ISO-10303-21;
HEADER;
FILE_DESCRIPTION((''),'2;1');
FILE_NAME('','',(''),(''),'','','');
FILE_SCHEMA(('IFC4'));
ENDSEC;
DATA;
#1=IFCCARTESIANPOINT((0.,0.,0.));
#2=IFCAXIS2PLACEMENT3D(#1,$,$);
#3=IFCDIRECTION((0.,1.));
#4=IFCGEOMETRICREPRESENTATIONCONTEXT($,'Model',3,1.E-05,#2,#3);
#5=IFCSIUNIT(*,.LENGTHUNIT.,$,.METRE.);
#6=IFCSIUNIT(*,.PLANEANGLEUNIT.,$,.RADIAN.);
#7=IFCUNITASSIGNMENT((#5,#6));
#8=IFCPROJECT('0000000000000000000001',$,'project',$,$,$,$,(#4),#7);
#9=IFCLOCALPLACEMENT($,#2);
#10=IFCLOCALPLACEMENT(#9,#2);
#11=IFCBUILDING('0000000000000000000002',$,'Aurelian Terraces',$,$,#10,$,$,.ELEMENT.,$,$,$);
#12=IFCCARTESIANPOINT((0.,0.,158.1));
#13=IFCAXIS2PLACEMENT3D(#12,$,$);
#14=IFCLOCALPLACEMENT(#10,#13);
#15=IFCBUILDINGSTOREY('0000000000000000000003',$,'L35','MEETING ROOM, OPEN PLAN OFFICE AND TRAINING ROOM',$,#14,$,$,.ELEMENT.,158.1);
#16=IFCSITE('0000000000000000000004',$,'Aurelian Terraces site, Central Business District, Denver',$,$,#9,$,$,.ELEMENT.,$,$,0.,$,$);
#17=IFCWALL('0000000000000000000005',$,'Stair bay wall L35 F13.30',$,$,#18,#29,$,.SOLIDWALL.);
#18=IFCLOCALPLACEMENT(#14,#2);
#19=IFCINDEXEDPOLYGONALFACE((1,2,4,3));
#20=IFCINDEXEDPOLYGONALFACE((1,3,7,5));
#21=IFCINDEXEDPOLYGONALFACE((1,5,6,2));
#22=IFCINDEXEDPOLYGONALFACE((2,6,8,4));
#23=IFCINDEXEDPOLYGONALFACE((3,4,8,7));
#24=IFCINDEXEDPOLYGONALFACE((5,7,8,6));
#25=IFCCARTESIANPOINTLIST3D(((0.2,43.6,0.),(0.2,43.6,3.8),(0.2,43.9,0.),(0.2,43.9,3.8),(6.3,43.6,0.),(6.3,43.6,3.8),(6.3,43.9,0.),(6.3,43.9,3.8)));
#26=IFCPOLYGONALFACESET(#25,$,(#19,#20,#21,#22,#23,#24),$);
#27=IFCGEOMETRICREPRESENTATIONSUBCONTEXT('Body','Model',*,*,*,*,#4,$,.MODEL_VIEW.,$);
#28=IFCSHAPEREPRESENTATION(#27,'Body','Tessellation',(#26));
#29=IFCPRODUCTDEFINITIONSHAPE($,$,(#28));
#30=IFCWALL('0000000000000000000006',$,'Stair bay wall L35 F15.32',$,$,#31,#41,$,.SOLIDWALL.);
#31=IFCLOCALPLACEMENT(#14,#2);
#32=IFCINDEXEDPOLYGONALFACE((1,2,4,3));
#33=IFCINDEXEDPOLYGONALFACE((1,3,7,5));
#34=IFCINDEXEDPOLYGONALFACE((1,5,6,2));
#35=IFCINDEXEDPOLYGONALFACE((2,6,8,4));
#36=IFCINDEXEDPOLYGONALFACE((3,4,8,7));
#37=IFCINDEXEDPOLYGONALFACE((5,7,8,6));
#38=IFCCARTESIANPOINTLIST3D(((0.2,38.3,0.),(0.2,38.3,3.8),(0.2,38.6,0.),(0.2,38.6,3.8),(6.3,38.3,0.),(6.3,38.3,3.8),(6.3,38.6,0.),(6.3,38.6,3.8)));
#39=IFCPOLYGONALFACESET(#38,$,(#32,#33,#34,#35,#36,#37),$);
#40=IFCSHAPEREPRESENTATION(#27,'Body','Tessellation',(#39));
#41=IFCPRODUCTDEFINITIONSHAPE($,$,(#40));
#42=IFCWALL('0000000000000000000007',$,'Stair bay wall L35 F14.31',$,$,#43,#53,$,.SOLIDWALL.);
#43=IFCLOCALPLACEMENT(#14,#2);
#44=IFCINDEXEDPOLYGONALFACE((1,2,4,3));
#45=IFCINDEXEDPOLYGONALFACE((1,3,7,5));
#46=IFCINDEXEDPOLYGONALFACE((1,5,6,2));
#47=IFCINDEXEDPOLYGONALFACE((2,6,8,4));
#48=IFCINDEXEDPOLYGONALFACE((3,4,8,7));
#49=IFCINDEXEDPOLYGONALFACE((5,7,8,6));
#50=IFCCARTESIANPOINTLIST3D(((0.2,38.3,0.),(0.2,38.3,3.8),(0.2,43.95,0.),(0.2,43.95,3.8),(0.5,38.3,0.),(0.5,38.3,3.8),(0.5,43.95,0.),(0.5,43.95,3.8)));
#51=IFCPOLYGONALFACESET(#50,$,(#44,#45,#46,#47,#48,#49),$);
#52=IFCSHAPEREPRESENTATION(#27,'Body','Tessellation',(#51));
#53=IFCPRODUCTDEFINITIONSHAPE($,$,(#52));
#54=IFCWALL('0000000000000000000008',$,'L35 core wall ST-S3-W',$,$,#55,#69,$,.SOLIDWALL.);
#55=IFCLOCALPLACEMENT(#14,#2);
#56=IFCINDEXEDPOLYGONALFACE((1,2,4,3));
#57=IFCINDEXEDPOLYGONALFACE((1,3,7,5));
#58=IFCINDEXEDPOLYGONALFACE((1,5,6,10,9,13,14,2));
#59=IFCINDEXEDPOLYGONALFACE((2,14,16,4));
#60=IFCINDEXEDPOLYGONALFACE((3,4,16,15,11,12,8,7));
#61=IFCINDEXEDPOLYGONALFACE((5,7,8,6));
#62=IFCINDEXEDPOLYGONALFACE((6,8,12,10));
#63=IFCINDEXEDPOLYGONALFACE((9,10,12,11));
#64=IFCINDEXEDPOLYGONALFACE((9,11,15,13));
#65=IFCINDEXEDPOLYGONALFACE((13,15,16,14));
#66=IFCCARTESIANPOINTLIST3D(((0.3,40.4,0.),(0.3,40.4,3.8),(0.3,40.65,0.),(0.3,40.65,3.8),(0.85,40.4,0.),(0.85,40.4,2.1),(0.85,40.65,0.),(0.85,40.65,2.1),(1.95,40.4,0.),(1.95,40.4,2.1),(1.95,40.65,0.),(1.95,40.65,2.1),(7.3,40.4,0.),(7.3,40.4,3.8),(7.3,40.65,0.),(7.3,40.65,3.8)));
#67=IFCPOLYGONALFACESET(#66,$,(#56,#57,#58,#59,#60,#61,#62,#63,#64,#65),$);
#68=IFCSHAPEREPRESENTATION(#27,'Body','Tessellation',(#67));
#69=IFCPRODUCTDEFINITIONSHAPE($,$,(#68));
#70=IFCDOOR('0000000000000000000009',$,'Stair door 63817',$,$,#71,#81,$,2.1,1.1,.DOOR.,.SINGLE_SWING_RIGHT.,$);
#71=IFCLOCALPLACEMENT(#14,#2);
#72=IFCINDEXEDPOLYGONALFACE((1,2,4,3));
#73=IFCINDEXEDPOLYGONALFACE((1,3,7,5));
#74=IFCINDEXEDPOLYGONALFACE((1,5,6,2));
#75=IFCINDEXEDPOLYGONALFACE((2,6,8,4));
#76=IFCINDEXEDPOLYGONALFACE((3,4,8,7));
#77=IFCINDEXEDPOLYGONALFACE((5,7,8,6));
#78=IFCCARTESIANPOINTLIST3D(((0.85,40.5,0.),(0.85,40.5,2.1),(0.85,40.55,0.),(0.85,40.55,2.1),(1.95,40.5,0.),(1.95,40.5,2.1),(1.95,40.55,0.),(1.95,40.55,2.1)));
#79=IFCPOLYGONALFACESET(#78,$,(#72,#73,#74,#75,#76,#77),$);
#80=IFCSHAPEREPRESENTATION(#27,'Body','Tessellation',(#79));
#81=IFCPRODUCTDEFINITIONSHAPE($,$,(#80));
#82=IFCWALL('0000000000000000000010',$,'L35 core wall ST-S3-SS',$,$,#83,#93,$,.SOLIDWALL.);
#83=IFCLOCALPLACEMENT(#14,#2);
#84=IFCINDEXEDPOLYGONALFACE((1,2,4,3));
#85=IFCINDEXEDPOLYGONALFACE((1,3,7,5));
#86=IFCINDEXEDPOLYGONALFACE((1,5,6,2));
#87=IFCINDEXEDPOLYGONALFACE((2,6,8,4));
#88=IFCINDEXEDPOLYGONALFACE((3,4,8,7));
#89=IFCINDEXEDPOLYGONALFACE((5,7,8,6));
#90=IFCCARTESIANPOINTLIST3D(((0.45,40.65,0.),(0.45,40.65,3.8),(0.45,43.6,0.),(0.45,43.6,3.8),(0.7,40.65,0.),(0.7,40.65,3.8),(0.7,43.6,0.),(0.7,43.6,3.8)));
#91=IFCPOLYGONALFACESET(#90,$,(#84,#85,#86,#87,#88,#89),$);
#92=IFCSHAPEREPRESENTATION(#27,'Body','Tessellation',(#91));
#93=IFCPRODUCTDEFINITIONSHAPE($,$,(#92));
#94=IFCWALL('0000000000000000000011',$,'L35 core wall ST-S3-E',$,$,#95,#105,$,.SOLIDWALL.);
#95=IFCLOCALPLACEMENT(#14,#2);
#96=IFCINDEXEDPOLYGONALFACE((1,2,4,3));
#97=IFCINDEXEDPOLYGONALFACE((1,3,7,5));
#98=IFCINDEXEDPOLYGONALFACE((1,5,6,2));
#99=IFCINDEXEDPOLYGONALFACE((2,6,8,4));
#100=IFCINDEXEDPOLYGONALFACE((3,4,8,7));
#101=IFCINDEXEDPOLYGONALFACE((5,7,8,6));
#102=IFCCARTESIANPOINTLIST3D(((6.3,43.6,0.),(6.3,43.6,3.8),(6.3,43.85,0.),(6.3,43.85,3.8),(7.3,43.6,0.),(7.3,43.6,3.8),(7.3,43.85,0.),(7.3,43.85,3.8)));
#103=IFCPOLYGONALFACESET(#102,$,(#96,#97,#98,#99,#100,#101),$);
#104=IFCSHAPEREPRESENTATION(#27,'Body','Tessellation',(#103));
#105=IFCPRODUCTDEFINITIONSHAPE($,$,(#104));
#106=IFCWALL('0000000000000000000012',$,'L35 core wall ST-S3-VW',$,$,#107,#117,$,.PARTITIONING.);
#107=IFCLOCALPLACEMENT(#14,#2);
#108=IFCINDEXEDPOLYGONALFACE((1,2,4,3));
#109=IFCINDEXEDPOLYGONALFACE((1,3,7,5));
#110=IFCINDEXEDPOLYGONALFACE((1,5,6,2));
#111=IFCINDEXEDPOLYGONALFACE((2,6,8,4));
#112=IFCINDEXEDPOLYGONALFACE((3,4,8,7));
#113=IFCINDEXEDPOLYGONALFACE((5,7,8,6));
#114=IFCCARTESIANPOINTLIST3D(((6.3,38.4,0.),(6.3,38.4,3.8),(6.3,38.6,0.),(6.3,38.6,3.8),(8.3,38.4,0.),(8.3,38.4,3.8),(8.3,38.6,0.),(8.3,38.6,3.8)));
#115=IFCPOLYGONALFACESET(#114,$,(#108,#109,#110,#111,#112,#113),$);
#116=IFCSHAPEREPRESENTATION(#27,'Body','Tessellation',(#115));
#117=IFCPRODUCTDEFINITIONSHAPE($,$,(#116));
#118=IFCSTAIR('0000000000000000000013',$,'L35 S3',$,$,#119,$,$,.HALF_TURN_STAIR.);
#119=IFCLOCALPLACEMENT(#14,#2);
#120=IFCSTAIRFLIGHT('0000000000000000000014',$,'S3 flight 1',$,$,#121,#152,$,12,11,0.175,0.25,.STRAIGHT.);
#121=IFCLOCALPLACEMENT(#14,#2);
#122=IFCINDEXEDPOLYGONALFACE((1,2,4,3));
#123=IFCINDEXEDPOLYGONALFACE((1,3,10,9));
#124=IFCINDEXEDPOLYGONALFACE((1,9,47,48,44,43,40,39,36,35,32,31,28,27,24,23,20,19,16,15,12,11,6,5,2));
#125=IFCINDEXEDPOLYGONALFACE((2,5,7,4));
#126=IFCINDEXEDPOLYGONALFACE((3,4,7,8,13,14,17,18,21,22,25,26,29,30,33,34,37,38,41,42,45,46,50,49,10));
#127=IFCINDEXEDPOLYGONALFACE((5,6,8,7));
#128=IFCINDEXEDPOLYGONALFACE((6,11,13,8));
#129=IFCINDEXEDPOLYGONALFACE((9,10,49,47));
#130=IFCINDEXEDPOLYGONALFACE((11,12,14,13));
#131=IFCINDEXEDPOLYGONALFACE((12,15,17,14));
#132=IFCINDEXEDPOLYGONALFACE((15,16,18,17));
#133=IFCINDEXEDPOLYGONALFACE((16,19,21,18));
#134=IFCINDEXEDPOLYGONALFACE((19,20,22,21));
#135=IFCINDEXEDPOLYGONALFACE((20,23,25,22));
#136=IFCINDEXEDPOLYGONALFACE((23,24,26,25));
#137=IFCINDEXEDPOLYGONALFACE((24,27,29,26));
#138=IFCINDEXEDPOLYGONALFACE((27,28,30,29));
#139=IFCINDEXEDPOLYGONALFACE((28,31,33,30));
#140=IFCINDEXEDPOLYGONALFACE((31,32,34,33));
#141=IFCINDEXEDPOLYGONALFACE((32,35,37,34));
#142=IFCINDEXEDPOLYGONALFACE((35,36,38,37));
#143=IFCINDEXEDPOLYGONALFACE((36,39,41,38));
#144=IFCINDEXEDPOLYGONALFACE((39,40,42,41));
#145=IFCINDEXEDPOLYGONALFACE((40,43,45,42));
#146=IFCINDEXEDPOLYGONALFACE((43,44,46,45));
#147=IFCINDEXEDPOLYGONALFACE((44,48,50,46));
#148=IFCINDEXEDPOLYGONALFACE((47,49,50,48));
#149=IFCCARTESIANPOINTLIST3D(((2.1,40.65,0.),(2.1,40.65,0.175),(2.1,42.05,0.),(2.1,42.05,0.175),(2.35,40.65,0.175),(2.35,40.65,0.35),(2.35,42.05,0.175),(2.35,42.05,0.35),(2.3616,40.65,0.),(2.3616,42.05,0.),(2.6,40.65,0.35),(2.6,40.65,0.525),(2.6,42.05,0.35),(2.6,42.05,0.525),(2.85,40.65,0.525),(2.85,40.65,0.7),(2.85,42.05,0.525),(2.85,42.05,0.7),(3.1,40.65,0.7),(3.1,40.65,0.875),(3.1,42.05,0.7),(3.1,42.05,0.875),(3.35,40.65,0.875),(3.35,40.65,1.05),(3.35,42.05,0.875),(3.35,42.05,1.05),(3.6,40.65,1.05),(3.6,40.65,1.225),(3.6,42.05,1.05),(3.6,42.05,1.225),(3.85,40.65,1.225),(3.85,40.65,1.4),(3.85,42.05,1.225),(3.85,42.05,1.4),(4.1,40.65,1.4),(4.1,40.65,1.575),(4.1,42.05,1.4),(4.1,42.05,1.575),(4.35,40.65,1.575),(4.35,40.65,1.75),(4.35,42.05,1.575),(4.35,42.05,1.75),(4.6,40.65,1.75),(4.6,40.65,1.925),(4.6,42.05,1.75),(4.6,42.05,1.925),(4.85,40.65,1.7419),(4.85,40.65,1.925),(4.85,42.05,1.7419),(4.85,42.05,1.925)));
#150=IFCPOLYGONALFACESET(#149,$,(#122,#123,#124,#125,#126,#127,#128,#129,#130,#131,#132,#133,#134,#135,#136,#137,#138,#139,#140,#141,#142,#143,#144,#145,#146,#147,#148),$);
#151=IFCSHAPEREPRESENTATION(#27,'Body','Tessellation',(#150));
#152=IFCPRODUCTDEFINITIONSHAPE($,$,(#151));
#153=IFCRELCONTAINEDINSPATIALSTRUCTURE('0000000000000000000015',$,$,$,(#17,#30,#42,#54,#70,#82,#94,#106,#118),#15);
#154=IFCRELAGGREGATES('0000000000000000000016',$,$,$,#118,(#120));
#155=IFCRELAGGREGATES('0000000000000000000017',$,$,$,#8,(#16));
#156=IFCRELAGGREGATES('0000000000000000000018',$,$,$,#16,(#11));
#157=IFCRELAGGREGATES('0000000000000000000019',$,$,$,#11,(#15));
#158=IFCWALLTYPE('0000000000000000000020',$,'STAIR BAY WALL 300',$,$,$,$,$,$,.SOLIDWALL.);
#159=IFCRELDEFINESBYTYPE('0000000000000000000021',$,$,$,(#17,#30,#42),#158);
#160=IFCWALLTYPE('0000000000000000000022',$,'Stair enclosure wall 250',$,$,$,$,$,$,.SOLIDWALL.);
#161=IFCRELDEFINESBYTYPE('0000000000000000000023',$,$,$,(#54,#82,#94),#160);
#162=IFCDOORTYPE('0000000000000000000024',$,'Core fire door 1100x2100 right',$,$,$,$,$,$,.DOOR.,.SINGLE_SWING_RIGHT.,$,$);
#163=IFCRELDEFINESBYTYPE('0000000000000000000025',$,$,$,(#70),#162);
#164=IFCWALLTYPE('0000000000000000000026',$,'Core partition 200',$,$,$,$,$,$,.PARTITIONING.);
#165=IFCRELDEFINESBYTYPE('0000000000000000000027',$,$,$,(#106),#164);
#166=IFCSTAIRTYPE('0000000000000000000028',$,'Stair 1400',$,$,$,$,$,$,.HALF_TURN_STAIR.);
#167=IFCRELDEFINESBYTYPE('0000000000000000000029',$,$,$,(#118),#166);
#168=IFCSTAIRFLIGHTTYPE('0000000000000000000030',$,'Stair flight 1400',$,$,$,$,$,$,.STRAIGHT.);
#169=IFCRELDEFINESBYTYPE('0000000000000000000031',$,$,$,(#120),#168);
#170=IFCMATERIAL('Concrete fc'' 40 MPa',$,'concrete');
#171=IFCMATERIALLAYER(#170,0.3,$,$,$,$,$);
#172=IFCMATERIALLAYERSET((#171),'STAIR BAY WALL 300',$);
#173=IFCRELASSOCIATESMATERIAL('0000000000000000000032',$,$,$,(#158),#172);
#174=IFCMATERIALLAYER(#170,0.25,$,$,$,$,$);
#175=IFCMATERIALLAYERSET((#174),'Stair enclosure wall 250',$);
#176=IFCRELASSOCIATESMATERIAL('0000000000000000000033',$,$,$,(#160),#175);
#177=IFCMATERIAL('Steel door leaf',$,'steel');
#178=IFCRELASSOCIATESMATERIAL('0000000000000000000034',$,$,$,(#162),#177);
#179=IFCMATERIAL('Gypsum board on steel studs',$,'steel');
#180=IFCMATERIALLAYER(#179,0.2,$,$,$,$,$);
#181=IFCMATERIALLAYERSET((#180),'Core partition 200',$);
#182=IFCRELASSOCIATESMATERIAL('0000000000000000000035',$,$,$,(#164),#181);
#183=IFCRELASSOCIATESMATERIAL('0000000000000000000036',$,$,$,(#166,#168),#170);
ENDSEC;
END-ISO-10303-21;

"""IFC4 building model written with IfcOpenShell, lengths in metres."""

from ifc_helpers import new_model, si_unit, direction, frame, frame_2d, origin, place, context, subcontext, project, spatial, polyline, rectangle, outline, extrude, source, transform, mapped, material, layer, layer_set, type_object, element, fill, aggregate, save


model = new_model("IFC4")

# Units and contexts
model_context = context("Model", 3, precision=1e-05, world=origin(), true_north=direction((0.0, 1.0)))
body_context = subcontext(model_context, "Body", "Model", "MODEL_VIEW")
ifc_project = project(units=[si_unit("LENGTHUNIT", "METRE"), si_unit("PLANEANGLEUNIT", "RADIAN")], contexts=[model_context])

# Site, building, storey
site_placement = place(None, origin())
site = spatial("IfcSite", under=ifc_project, at=site_placement, Name="Aurelian Terraces site, Central Business District, Denver", CompositionType="ELEMENT", RefElevation=0.0)
building_placement = place(site_placement, origin())
building = spatial("IfcBuilding", under=site, at=building_placement, Name="Aurelian Terraces", CompositionType="ELEMENT")
storey_placement = place(building_placement, frame((0.0, 0.0, 158.1)))
storey = spatial("IfcBuildingStorey", under=building, at=storey_placement, Name="L35", Description="MEETING ROOM, OPEN PLAN OFFICE AND TRAINING ROOM", CompositionType="ELEMENT", Elevation=158.1)

# Walls
ifc_material_1 = material(Name="Concrete fc' 40 MPa", Category="concrete")
ifc_layer_1 = layer(ifc_material_1, 0.3)
ifc_layer_set_1 = layer_set([ifc_layer_1], Name="STAIR BAY WALL 300")
wall_type_1 = type_object("IfcWallType", Name="STAIR BAY WALL 300", PredefinedType="SOLIDWALL", material=ifc_layer_set_1)
shared_shape_1 = source(origin(), body_context, "Body", "SweptSolid", [
    extrude(rectangle(XDim=6.1, YDim=0.3, at=frame_2d((3.05, 0.0))), origin(), (0.0, 0.0, 1.0), 3.8),
])
for number, where, z_axis, x_axis, name in (
    (1, (6.3, 43.75, 0.0), (0.0, 0.0, 1.0), (-1.0, 0.0, 0.0), "Stair bay wall L35 F13.30"),
    (2, (0.2, 38.45, 0.0), (0.0, 0.0, 1.0), (1.0, 0.0, 0.0), "Stair bay wall L35 F15.32"),
):
    element("IfcWall", number, at=place(storey_placement, frame(where, z_axis=z_axis, x_axis=x_axis)), inside=storey, type_object=wall_type_1, Name=name, PredefinedType="SOLIDWALL", context=body_context, shape_type="MappedRepresentation", body=[
        mapped(shared_shape_1, transform((0.0, 0.0, 0.0), scale=1.0)),
    ])
shared_shape_2 = source(origin(), body_context, "Body", "SweptSolid", [
    extrude(rectangle(XDim=5.65, YDim=0.3, at=frame_2d((2.825, 0.0))), origin(), (0.0, 0.0, 1.0), 3.8),
])
wall_1_placement = place(storey_placement, frame((0.35, 43.95, 0.0), z_axis=(0.0, 0.0, 1.0), x_axis=(0.0, -1.0, 0.0)))
element("IfcWall", 3, at=wall_1_placement, inside=storey, type_object=wall_type_1, Name="Stair bay wall L35 F14.31", PredefinedType="SOLIDWALL", context=body_context, shape_type="MappedRepresentation", body=[
    mapped(shared_shape_2, transform((0.0, 0.0, 0.0), scale=1.0)),
])

# Wall, opening, door
ifc_layer_2 = layer(ifc_material_1, 0.25)
ifc_layer_set_2 = layer_set([ifc_layer_2], Name="Stair enclosure wall 250")
wall_type_2 = type_object("IfcWallType", Name="Stair enclosure wall 250", PredefinedType="SOLIDWALL", material=ifc_layer_set_2)
shared_shape_3 = source(origin(), body_context, "Body", "SweptSolid", [
    extrude(rectangle(XDim=7.0, YDim=0.25, at=frame_2d((3.5, 0.0))), origin(), (0.0, 0.0, 1.0), 3.8),
])
wall_2_placement = place(storey_placement, frame((0.3, 40.525, 0.0), z_axis=(0.0, 0.0, 1.0), x_axis=(1.0, 0.0, 0.0)))
wall_2 = element("IfcWall", 4, at=wall_2_placement, inside=storey, type_object=wall_type_2, Name="L35 core wall ST-S3-W", PredefinedType="SOLIDWALL", context=body_context, shape_type="MappedRepresentation", body=[
    mapped(shared_shape_3, transform((0.0, 0.0, 0.0), scale=1.0)),
])
shared_shape_4 = source(origin(), body_context, "Body", "SweptSolid", [
    extrude(rectangle(XDim=1.1, YDim=2.1, at=frame_2d((0.55, 1.05))), frame((0.0, 0.135, 0.0), z_axis=(0.0, -1.0, 0.0), x_axis=(1.0, 0.0, 0.0)), (0.0, 0.0, 1.0), 0.27),
])
opening_placement = place(wall_2_placement, frame((0.55, 0.0, 0.0)))
opening = element("IfcOpeningElement", 5, at=opening_placement, cuts=wall_2, PredefinedType="OPENING", context=body_context, shape_type="MappedRepresentation", body=[
    mapped(shared_shape_4, transform((0.0, 0.0, 0.0), scale=1.0)),
])
ifc_material_2 = material(Name="Steel door leaf", Category="steel")
door_type = type_object("IfcDoorType", Name="Core fire door 1100x2100 right", OperationType="SINGLE_SWING_RIGHT", PredefinedType="DOOR", material=ifc_material_2)
shared_shape_5 = source(origin(), body_context, "Body", "SweptSolid", [
    extrude(rectangle(XDim=1.1, YDim=2.1, at=frame_2d((0.55, 1.05))), frame((0.0, 0.025, 0.0), z_axis=(0.0, -1.0, 0.0), x_axis=(1.0, 0.0, 0.0)), (0.0, 0.0, 1.0), 0.05),
])
door_placement = place(opening_placement, origin())
door = element("IfcDoor", 6, at=door_placement, inside=storey, type_object=door_type, Name="Stair door 63817", OperationType="SINGLE_SWING_RIGHT", OverallHeight=2.1, OverallWidth=1.1, PredefinedType="DOOR", context=body_context, shape_type="MappedRepresentation", body=[
    mapped(shared_shape_5, transform((0.0, 0.0, 0.0), scale=1.0)),
])
fill(opening, door)

# Walls
shared_shape_6 = source(origin(), body_context, "Body", "SweptSolid", [
    extrude(rectangle(XDim=2.95, YDim=0.25, at=frame_2d((1.475, 0.0))), origin(), (0.0, 0.0, 1.0), 3.8),
])
wall_3_placement = place(storey_placement, frame((0.575, 40.65, 0.0), z_axis=(0.0, 0.0, 1.0), x_axis=(0.0, 1.0, 0.0)))
element("IfcWall", 7, at=wall_3_placement, inside=storey, type_object=wall_type_2, Name="L35 core wall ST-S3-SS", PredefinedType="SOLIDWALL", context=body_context, shape_type="MappedRepresentation", body=[
    mapped(shared_shape_6, transform((0.0, 0.0, 0.0), scale=1.0)),
])
shared_shape_7 = source(origin(), body_context, "Body", "SweptSolid", [
    extrude(rectangle(XDim=1.0, YDim=0.25, at=frame_2d((0.5, 0.0))), origin(), (0.0, 0.0, 1.0), 3.8),
])
wall_4_placement = place(storey_placement, frame((6.3, 43.725, 0.0), z_axis=(0.0, 0.0, 1.0), x_axis=(1.0, 0.0, 0.0)))
element("IfcWall", 8, at=wall_4_placement, inside=storey, type_object=wall_type_2, Name="L35 core wall ST-S3-E", PredefinedType="SOLIDWALL", context=body_context, shape_type="MappedRepresentation", body=[
    mapped(shared_shape_7, transform((0.0, 0.0, 0.0), scale=1.0)),
])
ifc_material_3 = material(Name="Gypsum board on steel studs", Category="steel")
ifc_layer_3 = layer(ifc_material_3, 0.2)
ifc_layer_set_3 = layer_set([ifc_layer_3], Name="Core partition 200")
wall_type_3 = type_object("IfcWallType", Name="Core partition 200", PredefinedType="PARTITIONING", material=ifc_layer_set_3)
shared_shape_8 = source(origin(), body_context, "Body", "SweptSolid", [
    extrude(rectangle(XDim=2.0, YDim=0.2, at=frame_2d((1.0, 0.0))), origin(), (0.0, 0.0, 1.0), 3.8),
])
wall_5_placement = place(storey_placement, frame((6.3, 38.5, 0.0), z_axis=(0.0, 0.0, 1.0), x_axis=(1.0, 0.0, 0.0)))
element("IfcWall", 9, at=wall_5_placement, inside=storey, type_object=wall_type_3, Name="L35 core wall ST-S3-VW", PredefinedType="PARTITIONING", context=body_context, shape_type="MappedRepresentation", body=[
    mapped(shared_shape_8, transform((0.0, 0.0, 0.0), scale=1.0)),
])

# Stair, stair flight
stair_type = type_object("IfcStairType", Name="Stair 1400", PredefinedType="HALF_TURN_STAIR", material=ifc_material_1)
stair_placement = place(storey_placement, origin())
stair = element("IfcStair", 10, at=stair_placement, inside=storey, type_object=stair_type, Name="L35 S3", PredefinedType="HALF_TURN_STAIR")
stair_flight_type = type_object("IfcStairFlightType", Name="Stair flight 1400", PredefinedType="STRAIGHT", material=ifc_material_1)
shared_shape_9 = source(origin(), body_context, "Body", "SweptSolid", [
    extrude(outline(polyline([(0.0, 0.0), (0.0, 0.175), (0.25, 0.175), (0.25, 0.35), (0.5, 0.35), (0.5, 0.525), (0.75, 0.525), (0.75, 0.7), (1.0, 0.7), (1.0, 0.875), (1.25, 0.875), (1.25, 1.05), (1.5, 1.05), (1.5, 1.225), (1.75, 1.225), (1.75, 1.4), (2.0, 1.4), (2.0, 1.575), (2.25, 1.575), (2.25, 1.75), (2.5, 1.75), (2.5, 1.925), (2.75, 1.925), (2.75, 2.1), (2.75, 1.7419), (0.2616, 0.0), (0.0, 0.0)])), frame((0.0, 0.7, 0.0), z_axis=(0.0, -1.0, 0.0), x_axis=(1.0, 0.0, 0.0)), (0.0, 0.0, 1.0), 1.4),
])
stair_flight_1_placement = place(storey_placement, frame((2.1, 41.35, 0.0), z_axis=(0.0, 0.0, 1.0), x_axis=(1.0, 0.0, 0.0)))
stair_flight_1 = element("IfcStairFlight", 11, at=stair_flight_1_placement, type_object=stair_flight_type, Name="S3 flight 1", NumberOfRisers=12, NumberOfTreads=11, PredefinedType="STRAIGHT", RiserHeight=0.175, TreadLength=0.25, context=body_context, shape_type="MappedRepresentation", body=[
    mapped(shared_shape_9, transform((0.0, 0.0, 0.0), scale=1.0)),
])
aggregate(stair, [stair_flight_1])

save(model, "model.ifc")
